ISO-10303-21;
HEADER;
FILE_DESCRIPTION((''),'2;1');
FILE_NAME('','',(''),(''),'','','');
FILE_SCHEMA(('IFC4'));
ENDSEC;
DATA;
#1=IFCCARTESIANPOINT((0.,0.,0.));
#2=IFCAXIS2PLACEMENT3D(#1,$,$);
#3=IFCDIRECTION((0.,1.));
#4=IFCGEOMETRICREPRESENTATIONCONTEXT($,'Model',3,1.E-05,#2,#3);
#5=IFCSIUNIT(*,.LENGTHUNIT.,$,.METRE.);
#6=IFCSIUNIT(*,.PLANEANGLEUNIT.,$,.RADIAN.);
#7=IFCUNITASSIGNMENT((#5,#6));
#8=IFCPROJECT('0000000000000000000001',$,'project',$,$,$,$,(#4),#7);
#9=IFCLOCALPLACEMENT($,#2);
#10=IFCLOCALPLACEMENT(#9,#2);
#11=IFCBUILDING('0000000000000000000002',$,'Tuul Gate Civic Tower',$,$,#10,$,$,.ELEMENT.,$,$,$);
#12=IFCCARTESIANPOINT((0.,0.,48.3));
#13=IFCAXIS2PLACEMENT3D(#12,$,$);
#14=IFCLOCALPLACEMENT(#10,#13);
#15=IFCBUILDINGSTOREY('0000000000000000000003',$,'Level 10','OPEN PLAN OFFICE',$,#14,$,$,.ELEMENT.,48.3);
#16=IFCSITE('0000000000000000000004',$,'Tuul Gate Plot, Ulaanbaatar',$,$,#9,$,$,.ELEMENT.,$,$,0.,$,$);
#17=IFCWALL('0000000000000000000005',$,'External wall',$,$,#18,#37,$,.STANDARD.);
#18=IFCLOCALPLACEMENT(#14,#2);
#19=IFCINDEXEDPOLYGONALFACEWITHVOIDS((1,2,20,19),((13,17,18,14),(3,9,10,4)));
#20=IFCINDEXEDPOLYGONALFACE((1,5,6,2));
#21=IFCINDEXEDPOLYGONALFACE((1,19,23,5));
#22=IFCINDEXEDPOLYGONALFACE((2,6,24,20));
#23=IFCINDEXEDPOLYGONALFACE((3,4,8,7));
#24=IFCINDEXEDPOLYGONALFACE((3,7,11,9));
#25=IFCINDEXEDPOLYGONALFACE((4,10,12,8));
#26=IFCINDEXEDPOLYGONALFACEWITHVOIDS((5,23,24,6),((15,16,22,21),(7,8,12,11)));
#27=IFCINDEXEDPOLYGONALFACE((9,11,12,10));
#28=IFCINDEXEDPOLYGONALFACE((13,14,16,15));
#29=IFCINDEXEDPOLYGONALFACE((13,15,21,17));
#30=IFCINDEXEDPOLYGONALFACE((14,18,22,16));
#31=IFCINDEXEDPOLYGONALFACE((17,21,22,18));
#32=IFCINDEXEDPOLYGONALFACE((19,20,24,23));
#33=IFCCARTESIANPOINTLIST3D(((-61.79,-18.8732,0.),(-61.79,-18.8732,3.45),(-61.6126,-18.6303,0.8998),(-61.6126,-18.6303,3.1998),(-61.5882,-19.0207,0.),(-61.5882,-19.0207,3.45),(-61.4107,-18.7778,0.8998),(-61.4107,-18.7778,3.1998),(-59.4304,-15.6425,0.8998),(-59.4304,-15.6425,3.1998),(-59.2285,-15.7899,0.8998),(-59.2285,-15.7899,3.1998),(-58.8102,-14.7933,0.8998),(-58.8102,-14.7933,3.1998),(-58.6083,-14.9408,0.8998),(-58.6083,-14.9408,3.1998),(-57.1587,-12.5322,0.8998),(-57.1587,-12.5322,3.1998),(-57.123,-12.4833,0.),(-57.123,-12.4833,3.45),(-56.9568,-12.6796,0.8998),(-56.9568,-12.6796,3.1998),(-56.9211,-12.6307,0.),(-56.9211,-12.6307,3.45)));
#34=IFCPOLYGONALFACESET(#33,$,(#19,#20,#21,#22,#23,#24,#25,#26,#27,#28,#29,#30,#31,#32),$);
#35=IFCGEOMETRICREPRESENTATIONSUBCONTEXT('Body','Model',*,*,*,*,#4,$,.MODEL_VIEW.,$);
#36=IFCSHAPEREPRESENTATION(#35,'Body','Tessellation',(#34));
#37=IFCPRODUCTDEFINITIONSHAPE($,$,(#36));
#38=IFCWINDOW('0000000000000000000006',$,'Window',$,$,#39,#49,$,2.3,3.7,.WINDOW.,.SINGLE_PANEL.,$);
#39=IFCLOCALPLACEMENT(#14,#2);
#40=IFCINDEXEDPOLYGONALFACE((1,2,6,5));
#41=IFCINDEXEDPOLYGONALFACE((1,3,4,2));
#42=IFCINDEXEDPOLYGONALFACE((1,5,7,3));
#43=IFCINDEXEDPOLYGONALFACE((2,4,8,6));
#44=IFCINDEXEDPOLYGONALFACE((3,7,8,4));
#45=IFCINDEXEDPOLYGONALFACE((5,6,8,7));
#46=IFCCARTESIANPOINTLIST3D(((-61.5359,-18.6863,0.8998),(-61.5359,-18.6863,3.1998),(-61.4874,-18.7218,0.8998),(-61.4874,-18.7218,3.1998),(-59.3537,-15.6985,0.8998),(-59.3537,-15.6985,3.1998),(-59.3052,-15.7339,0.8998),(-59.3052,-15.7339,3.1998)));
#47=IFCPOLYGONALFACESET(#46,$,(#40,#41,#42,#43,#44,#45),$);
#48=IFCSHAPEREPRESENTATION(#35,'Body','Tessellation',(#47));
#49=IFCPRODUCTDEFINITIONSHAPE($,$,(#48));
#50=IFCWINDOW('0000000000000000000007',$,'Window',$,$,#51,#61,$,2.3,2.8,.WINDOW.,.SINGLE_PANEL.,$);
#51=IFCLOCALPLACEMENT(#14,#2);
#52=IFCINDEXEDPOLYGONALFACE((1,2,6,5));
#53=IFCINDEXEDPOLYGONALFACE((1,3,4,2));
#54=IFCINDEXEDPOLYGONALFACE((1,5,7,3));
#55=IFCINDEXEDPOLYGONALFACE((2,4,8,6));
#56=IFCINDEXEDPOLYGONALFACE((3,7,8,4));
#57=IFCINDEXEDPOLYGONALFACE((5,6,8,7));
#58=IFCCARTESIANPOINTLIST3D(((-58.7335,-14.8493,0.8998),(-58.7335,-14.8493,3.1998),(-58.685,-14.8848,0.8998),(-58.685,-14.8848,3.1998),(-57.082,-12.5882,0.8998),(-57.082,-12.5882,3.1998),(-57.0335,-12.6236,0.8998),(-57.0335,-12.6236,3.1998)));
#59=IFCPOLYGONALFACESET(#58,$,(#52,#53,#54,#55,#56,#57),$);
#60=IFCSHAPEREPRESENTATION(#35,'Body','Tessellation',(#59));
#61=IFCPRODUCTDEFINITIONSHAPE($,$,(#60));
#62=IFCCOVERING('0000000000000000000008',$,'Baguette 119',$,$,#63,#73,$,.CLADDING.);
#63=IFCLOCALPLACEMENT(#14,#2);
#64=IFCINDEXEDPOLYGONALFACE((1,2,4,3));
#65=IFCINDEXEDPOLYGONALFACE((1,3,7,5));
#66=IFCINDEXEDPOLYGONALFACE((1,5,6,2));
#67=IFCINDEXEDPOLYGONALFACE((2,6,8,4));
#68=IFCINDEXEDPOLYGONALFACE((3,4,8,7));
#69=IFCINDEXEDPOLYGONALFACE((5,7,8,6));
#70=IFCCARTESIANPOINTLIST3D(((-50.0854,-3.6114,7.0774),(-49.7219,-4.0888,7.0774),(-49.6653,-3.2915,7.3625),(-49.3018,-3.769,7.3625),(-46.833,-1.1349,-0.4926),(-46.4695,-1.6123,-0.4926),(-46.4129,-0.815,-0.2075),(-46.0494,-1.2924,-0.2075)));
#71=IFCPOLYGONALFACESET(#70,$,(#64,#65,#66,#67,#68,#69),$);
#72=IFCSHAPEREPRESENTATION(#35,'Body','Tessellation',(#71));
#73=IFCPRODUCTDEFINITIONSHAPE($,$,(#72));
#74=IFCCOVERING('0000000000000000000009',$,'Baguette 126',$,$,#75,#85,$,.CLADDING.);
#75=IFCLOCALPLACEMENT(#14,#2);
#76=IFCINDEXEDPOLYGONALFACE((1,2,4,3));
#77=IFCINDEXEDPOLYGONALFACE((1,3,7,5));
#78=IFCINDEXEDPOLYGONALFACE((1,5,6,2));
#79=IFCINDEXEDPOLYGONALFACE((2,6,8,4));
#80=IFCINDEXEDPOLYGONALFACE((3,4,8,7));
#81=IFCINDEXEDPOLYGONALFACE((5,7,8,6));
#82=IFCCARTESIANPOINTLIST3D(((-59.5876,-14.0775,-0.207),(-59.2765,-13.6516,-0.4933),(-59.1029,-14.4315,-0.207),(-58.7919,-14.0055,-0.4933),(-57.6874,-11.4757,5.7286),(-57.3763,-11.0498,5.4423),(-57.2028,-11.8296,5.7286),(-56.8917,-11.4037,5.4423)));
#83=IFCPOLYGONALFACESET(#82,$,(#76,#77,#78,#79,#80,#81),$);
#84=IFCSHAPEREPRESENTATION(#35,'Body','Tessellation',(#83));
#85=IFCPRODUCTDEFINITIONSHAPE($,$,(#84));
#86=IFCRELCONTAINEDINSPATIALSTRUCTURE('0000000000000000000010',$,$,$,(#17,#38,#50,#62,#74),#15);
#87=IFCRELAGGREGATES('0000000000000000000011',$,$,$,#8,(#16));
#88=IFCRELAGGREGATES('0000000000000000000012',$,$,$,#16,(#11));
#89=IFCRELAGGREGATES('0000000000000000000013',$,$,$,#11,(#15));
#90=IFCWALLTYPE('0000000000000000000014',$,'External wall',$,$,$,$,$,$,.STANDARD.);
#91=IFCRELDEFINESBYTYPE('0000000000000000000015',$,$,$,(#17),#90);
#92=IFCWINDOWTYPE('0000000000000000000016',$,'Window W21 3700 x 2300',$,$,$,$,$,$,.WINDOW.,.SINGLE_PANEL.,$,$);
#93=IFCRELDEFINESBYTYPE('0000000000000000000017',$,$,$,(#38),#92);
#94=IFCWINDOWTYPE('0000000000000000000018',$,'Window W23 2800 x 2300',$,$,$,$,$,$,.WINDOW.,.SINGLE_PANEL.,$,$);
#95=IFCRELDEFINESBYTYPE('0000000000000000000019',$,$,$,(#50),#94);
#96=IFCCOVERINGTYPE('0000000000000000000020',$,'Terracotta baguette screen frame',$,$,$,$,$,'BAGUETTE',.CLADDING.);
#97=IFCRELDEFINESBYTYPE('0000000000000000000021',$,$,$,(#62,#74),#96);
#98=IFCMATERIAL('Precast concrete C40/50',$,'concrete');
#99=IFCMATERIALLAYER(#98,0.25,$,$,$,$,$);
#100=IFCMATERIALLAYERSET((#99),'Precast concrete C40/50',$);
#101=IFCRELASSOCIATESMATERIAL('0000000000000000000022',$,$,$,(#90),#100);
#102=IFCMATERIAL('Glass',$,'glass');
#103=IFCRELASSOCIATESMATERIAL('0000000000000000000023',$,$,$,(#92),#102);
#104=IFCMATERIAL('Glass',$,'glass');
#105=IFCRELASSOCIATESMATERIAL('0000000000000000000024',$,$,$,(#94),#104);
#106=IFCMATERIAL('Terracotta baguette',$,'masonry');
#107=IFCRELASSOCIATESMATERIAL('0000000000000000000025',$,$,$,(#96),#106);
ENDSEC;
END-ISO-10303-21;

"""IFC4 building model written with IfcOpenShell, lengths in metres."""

from ifc_helpers import new_model, si_unit, direction, frame, frame_2d, origin, origin_2d, place, context, subcontext, project, spatial, rectangle, extrude, material, layer, layer_set, material_profile, profile_set, type_object, element, fill, save


model = new_model("IFC4")

# Units and contexts
model_context = context("Model", 3, precision=1e-05, world=origin(), true_north=direction((0.0, 1.0)))
body_context = subcontext(model_context, "Body", "Model", "MODEL_VIEW")
ifc_project = project(units=[si_unit("LENGTHUNIT", "METRE"), si_unit("PLANEANGLEUNIT", "RADIAN")], contexts=[model_context])

# Site, building, storey
site_placement = place(None, origin())
site = spatial("IfcSite", under=ifc_project, at=site_placement, Name="Tuul Gate Plot, Ulaanbaatar", CompositionType="ELEMENT", RefElevation=0.0)
building_placement = place(site_placement, origin())
building = spatial("IfcBuilding", under=site, at=building_placement, Name="Tuul Gate Civic Tower", CompositionType="ELEMENT")
storey_placement = place(building_placement, frame((0.0, 0.0, 48.3)))
storey = spatial("IfcBuildingStorey", under=building, at=storey_placement, Name="Level 10", Description="OPEN PLAN OFFICE", CompositionType="ELEMENT", Elevation=48.3)

# Wall, openings, windows
ifc_material_1 = material(Name="Precast concrete C40/50", Category="concrete")
ifc_layer_1 = layer(ifc_material_1, 0.25)
ifc_layer_set_1 = layer_set([ifc_layer_1], Name="Precast concrete C40/50")
wall_type_1 = type_object("IfcWallType", Name="External wall", PredefinedType="STANDARD", material=ifc_layer_set_1)
wall_1_placement = place(storey_placement, frame((-57.022, -12.5569, 0.0), z_axis=(0.0, 0.0, 1.0), x_axis=(-0.589807, -0.807544, 0.0)))
wall_1 = element("IfcWall", 1, at=wall_1_placement, inside=storey, type_object=wall_type_1, Name="External wall", PredefinedType="STANDARD", context=body_context, shape_type="SweptSolid", body=[
    extrude(rectangle(XDim=7.9128, YDim=0.25, at=frame_2d((3.9565, 0.0))), origin(), (0.0, 0.0, 1.0), 3.45),
])
opening_1_placement = place(wall_1_placement, frame((0.0608, 0.0, 0.8999)))
opening_1 = element("IfcOpeningElement", 2, at=opening_1_placement, cuts=wall_1, PredefinedType="OPENING", context=body_context, shape_type="SweptSolid", body=[
    extrude(rectangle(XDim=2.8, YDim=2.3, at=frame_2d((1.3999, 1.1499))), frame((0.0, 0.135, 0.0), z_axis=(0.0, -1.0, 0.0), x_axis=(1.0, 0.0, 0.0)), (0.0, 0.0, 1.0), 0.27),
])
opening_2_placement = place(wall_1_placement, frame((3.9121, 0.0, 0.8999)))
opening_2 = element("IfcOpeningElement", 3, at=opening_2_placement, cuts=wall_1, PredefinedType="OPENING", context=body_context, shape_type="SweptSolid", body=[
    extrude(rectangle(XDim=3.7, YDim=2.3, at=frame_2d((1.8501, 1.1499))), frame((0.0, 0.135, 0.0), z_axis=(0.0, -1.0, 0.0), x_axis=(1.0, 0.0, 0.0)), (0.0, 0.0, 1.0), 0.27),
])
ifc_material_2 = material(Name="Glass", Category="glass")
window_type_1 = type_object("IfcWindowType", Name="Window W21 3700 x 2300", PartitioningType="SINGLE_PANEL", PredefinedType="WINDOW", material=ifc_material_2)
window_1_placement = place(opening_2_placement, origin())
window_1 = element("IfcWindow", 4, at=window_1_placement, inside=storey, type_object=window_type_1, Name="Window", OverallHeight=2.3, OverallWidth=3.7, PartitioningType="SINGLE_PANEL", PredefinedType="WINDOW", context=body_context, shape_type="SweptSolid", body=[
    extrude(rectangle(XDim=3.7, YDim=2.3, at=frame_2d((1.8501, 1.1499))), frame((0.0, 0.03, 0.0), z_axis=(0.0, -1.0, 0.0), x_axis=(1.0, 0.0, 0.0)), (0.0, 0.0, 1.0), 0.0601),
])
fill(opening_2, window_1)
ifc_material_3 = material(Name="Glass", Category="glass")
window_type_2 = type_object("IfcWindowType", Name="Window W23 2800 x 2300", PartitioningType="SINGLE_PANEL", PredefinedType="WINDOW", material=ifc_material_3)
window_2_placement = place(opening_1_placement, origin())
window_2 = element("IfcWindow", 5, at=window_2_placement, inside=storey, type_object=window_type_2, Name="Window", OverallHeight=2.3, OverallWidth=2.8, PartitioningType="SINGLE_PANEL", PredefinedType="WINDOW", context=body_context, shape_type="SweptSolid", body=[
    extrude(rectangle(XDim=2.8, YDim=2.3, at=frame_2d((1.3999, 1.1499))), frame((0.0, 0.03, 0.0), z_axis=(0.0, -1.0, 0.0), x_axis=(1.0, 0.0, 0.0)), (0.0, 0.0, 1.0), 0.0601),
])
fill(opening_1, window_2)

# Coverings
ifc_material_4 = material(Name="Terracotta baguette", Category="masonry")
ifc_material_profile_1 = material_profile(ifc_material_4, rectangle(XDim=0.6001, YDim=0.6001, at=origin_2d()), Name="Terracotta baguette screen frame")
ifc_profile_set_1 = profile_set([ifc_material_profile_1], Name="Terracotta baguette")
covering_type = type_object("IfcCoveringType", Name="Terracotta baguette screen frame", ElementType="BAGUETTE", PredefinedType="CLADDING", material=ifc_profile_set_1)
covering_1_placement = place(storey_placement, frame((-49.6936, -3.6902, 7.22), z_axis=(0.378043, 0.28786, -0.879898), x_axis=(-0.605813, 0.795607, 0.0)))
element("IfcCovering", 6, at=covering_1_placement, inside=storey, type_object=covering_type, Name="Baguette 119", PredefinedType="CLADDING", context=body_context, shape_type="SweptSolid", body=[
    extrude(rectangle(XDim=0.6001, YDim=0.6001, at=origin_2d()), origin(), (0.0, 0.0, 1.0), 8.6033),
])
covering_2_placement = place(storey_placement, frame((-57.2896, -11.4397, 5.5854), z_axis=(-0.281354, -0.385249, -0.878876), x_axis=(0.807565, -0.589779, 0.0)))
element("IfcCovering", 7, at=covering_2_placement, inside=storey, type_object=covering_type, Name="Baguette 126", PredefinedType="CLADDING", context=body_context, shape_type="SweptSolid", body=[
    extrude(rectangle(XDim=0.6001, YDim=0.6001, at=origin_2d()), origin(), (0.0, 0.0, 1.0), 6.7537),
])

save(model, "model.ifc")
